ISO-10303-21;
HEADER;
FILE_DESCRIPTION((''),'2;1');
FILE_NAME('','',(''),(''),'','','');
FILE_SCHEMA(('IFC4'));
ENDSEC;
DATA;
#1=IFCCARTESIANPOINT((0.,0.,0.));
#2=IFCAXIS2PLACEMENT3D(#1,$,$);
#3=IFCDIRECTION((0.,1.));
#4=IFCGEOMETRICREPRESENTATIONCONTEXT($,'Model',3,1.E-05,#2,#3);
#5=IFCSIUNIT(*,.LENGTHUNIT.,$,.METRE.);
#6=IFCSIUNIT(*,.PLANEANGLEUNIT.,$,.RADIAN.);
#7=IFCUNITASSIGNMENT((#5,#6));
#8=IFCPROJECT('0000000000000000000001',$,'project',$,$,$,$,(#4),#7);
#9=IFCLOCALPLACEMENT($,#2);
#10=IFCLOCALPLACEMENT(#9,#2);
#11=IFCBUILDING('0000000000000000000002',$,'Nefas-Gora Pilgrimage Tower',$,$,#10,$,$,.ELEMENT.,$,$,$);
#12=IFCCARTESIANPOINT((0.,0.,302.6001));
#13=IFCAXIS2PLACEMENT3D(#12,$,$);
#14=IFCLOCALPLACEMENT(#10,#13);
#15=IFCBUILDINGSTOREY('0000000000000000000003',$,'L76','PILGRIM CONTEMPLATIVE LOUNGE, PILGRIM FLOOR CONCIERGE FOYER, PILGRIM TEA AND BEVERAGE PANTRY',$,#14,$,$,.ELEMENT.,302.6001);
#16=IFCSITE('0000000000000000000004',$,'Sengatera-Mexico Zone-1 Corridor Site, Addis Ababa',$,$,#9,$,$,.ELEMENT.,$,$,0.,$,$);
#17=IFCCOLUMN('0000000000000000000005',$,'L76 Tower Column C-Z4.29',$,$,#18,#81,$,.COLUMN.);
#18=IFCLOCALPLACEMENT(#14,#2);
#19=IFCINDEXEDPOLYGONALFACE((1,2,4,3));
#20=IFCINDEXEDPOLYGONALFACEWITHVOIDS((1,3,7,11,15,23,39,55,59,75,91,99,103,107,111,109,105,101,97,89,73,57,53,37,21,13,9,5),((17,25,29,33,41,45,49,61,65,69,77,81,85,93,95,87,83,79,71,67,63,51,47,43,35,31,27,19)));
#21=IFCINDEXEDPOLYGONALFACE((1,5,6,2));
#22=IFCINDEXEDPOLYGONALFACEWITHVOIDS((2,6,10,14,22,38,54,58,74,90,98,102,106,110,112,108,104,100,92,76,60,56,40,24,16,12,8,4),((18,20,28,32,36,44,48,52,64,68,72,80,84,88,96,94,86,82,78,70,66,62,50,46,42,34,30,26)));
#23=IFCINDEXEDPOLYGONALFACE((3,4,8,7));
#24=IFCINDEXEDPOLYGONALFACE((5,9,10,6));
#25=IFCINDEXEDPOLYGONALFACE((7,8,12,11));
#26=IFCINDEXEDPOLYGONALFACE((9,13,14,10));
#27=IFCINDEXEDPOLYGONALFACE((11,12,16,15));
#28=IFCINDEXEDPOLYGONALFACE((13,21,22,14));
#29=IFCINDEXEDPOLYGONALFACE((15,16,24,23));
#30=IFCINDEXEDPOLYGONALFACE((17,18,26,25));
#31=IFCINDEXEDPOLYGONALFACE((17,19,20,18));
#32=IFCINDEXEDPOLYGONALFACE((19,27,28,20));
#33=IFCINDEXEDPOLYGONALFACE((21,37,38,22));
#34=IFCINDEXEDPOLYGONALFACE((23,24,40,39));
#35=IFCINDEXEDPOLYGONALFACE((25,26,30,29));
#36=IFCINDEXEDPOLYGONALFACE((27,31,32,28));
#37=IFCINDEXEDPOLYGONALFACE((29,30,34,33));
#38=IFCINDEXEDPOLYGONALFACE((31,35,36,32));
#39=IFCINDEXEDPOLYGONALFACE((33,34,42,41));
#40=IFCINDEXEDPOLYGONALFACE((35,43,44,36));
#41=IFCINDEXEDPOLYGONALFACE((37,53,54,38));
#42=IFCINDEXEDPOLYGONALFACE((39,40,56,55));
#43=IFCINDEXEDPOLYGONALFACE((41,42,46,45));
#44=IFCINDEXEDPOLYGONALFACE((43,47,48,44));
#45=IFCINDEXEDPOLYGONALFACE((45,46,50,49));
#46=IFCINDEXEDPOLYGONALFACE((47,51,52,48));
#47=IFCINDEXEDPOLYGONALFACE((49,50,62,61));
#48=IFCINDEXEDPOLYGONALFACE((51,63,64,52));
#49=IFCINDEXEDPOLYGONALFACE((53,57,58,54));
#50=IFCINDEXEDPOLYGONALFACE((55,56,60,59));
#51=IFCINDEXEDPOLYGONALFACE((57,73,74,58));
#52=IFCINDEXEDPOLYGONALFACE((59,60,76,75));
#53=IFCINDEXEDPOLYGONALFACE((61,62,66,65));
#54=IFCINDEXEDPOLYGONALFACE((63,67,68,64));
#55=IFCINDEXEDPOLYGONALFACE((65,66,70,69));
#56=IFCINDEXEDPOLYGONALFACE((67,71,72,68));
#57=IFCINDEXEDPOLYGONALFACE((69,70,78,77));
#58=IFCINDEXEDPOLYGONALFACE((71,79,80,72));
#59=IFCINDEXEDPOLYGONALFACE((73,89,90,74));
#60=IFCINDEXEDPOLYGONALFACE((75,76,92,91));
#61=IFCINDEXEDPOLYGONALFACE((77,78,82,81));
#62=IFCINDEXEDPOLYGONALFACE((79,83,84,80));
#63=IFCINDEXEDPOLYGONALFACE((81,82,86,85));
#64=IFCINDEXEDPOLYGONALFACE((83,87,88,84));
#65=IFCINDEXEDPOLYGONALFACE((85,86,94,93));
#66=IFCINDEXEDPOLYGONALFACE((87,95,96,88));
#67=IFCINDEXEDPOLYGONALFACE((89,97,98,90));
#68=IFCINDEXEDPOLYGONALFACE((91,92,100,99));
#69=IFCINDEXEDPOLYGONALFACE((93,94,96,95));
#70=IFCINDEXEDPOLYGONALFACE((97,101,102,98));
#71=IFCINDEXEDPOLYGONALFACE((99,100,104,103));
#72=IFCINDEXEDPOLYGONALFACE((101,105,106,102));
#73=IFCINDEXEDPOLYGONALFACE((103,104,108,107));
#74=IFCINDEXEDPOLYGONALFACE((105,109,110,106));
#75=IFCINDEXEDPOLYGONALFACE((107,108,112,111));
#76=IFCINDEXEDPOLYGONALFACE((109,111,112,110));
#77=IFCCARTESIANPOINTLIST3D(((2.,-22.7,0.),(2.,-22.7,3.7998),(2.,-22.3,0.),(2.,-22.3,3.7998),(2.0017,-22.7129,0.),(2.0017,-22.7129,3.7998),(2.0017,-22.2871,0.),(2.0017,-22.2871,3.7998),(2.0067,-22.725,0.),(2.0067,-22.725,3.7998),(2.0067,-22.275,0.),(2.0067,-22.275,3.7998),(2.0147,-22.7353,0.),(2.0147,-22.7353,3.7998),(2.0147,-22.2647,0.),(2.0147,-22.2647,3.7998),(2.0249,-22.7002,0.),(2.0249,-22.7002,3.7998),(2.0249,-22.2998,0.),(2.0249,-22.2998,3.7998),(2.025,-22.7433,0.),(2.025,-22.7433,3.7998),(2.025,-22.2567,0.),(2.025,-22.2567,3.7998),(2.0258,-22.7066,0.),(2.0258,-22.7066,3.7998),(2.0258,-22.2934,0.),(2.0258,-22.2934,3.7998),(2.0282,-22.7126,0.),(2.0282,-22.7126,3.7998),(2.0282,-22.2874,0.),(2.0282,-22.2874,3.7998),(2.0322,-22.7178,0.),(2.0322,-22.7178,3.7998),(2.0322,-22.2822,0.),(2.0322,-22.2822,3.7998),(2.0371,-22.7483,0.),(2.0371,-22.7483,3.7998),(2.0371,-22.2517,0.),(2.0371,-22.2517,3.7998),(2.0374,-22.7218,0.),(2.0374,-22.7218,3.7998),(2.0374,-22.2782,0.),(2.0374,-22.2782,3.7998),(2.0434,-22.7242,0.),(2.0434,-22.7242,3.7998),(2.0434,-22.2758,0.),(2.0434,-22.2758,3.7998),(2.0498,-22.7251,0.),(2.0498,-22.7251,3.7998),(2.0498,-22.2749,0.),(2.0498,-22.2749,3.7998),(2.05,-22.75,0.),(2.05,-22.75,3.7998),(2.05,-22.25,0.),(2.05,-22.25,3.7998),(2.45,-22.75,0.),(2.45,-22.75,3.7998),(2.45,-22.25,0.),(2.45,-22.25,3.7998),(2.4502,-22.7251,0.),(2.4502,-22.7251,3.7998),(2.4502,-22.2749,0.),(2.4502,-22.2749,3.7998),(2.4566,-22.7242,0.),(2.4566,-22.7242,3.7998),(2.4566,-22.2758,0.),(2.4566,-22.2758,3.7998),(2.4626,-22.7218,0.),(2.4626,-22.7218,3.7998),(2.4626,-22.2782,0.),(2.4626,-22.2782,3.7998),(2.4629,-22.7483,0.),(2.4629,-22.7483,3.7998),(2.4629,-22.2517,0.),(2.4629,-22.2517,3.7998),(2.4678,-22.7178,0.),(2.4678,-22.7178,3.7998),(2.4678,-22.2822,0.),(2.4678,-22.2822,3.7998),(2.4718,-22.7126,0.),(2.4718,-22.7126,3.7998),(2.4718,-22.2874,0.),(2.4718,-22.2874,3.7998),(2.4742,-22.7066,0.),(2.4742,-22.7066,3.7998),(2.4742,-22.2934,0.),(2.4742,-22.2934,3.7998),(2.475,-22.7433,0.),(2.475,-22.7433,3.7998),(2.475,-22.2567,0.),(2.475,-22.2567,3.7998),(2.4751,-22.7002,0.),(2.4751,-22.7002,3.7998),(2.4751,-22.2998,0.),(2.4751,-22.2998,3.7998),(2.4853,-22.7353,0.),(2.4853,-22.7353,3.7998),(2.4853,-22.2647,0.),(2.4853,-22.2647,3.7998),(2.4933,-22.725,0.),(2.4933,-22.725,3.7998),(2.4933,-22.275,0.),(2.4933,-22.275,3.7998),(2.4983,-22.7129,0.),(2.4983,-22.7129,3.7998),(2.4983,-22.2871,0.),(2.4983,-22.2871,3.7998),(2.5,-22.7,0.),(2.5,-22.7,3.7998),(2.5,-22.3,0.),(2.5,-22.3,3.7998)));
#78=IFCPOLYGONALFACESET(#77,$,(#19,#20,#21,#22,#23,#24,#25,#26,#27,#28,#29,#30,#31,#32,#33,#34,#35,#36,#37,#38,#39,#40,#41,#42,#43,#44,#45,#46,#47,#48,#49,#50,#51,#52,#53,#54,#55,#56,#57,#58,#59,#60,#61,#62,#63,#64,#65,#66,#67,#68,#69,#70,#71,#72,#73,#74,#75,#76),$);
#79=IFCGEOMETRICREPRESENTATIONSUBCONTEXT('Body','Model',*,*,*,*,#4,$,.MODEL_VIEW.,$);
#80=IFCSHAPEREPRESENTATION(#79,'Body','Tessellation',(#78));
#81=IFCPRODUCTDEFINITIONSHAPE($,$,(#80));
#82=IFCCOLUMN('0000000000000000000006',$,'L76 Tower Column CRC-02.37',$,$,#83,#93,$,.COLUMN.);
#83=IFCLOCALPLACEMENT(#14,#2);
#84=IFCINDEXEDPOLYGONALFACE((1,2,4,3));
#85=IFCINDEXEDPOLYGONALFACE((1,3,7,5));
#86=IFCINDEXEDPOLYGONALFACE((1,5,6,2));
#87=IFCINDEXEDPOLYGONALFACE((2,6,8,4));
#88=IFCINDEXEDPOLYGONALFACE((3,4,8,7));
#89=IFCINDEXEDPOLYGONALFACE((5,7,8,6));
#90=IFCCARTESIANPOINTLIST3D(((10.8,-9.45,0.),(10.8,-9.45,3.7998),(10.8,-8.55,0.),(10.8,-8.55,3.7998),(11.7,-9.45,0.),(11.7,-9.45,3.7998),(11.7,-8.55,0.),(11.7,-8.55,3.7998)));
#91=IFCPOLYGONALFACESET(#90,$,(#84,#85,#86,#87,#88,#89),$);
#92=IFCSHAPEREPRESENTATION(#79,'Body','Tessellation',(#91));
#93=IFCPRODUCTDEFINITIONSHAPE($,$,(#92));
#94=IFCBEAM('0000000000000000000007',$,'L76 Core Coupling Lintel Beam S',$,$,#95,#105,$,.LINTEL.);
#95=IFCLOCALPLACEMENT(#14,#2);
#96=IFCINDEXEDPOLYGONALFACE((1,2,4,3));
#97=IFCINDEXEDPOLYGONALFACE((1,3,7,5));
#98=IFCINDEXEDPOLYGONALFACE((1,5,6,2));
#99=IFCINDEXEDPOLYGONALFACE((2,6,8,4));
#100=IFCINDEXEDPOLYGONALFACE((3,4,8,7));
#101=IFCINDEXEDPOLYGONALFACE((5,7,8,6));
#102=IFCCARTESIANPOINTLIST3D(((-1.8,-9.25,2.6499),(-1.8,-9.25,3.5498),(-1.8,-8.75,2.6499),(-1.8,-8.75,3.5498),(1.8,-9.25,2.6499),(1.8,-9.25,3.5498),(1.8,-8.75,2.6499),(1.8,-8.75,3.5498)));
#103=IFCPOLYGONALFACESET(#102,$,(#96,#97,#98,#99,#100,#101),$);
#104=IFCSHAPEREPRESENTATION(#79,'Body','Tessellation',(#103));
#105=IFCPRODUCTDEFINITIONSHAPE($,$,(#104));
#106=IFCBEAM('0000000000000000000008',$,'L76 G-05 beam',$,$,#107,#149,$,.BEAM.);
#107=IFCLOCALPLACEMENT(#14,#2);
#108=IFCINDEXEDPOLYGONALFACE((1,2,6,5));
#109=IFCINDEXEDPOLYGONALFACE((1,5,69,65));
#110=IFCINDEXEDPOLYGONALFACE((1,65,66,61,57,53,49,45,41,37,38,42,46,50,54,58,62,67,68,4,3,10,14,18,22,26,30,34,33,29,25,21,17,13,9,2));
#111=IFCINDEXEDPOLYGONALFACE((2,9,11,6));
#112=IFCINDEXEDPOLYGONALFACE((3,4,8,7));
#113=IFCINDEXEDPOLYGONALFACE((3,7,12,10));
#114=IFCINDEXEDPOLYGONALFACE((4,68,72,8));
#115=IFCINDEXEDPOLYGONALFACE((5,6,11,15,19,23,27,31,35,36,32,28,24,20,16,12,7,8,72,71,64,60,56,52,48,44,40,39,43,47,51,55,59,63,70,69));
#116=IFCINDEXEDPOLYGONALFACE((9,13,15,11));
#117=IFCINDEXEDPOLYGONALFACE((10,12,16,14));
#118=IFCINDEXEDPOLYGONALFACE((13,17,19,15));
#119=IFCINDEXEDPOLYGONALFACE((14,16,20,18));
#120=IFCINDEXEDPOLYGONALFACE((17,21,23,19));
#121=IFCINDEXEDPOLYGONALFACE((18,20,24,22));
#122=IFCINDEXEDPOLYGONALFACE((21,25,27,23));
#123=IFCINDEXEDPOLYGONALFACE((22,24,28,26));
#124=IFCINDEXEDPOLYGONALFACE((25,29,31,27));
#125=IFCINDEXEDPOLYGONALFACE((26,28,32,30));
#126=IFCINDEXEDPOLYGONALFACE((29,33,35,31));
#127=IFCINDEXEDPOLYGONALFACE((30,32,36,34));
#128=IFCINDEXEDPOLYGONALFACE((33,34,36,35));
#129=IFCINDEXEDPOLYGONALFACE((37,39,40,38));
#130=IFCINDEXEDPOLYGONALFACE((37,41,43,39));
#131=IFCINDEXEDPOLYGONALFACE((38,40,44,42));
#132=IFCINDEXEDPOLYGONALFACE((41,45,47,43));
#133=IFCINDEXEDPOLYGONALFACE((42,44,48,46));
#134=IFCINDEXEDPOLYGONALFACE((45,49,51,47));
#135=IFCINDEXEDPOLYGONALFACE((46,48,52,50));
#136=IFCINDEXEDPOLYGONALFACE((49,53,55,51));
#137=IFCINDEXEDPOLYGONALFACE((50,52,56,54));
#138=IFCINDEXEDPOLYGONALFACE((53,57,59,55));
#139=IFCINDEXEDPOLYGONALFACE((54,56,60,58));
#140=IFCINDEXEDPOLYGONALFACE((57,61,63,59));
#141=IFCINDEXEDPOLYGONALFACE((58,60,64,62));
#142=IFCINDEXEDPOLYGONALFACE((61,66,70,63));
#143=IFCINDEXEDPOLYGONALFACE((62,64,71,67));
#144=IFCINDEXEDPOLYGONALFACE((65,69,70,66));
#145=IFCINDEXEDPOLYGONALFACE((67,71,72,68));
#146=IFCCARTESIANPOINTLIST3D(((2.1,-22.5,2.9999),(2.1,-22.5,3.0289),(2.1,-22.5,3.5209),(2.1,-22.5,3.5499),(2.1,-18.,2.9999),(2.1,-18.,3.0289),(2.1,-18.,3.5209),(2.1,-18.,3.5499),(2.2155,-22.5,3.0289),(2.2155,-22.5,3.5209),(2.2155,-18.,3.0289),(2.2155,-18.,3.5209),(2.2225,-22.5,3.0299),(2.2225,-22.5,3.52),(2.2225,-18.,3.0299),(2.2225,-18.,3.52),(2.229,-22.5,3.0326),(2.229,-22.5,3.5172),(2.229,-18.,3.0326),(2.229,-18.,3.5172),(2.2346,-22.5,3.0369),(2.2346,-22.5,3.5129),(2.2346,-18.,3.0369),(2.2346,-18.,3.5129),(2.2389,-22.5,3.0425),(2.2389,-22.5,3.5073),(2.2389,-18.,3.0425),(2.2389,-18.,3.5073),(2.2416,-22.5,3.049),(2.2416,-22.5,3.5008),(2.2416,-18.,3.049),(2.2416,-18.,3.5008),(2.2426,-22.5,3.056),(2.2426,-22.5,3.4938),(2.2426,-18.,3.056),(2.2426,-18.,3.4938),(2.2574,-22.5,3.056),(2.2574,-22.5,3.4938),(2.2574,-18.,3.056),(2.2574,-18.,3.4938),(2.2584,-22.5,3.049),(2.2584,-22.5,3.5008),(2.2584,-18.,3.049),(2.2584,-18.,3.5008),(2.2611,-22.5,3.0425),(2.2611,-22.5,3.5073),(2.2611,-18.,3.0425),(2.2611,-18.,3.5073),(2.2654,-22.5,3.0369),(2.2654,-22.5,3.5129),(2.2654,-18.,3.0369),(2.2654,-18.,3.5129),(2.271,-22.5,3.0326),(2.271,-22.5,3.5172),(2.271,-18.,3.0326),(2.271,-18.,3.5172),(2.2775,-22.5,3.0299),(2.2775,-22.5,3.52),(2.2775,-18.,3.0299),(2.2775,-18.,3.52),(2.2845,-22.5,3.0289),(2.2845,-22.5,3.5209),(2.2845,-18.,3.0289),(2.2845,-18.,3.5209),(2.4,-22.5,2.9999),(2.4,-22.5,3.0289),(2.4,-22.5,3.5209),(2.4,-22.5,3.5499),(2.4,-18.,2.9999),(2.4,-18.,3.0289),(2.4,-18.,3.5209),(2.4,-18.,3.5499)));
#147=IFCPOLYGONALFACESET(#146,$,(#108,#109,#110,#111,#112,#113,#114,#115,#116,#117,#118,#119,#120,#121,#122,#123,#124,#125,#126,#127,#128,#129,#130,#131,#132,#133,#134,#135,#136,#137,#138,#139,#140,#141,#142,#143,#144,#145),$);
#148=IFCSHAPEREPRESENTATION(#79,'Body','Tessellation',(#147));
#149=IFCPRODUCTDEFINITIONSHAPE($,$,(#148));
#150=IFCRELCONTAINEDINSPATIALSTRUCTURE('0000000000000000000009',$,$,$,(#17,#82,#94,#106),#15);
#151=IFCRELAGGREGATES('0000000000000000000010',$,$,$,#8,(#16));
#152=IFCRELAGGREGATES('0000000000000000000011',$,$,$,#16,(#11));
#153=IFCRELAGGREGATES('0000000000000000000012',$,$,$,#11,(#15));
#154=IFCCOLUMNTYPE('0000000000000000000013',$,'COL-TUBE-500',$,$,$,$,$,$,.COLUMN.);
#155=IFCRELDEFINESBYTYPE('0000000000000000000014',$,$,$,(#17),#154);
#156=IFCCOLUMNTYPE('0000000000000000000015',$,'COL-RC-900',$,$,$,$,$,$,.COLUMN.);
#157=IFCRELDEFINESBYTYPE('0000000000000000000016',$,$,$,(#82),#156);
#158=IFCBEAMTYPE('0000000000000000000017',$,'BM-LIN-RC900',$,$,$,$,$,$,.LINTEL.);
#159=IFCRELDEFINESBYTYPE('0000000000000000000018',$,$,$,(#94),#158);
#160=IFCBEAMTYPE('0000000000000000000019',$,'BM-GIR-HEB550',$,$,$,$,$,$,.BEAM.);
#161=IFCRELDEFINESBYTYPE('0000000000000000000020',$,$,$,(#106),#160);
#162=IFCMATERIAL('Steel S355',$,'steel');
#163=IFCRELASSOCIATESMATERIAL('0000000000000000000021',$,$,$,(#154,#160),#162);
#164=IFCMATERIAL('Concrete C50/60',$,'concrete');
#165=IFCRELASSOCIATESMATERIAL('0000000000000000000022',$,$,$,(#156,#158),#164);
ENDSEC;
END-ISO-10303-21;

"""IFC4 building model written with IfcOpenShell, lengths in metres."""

from ifc_helpers import new_model, si_unit, direction, frame, origin, origin_2d, place, context, subcontext, project, spatial, rectangle, hollow_rectangle, i_section, extrude, source, transform, mapped, material, material_profile, profile_set, type_object, element, save


model = new_model("IFC4")

# Units and contexts
model_context = context("Model", 3, precision=1e-05, world=origin(), true_north=direction((0.0, 1.0)))
body_context = subcontext(model_context, "Body", "Model", "MODEL_VIEW")
ifc_project = project(units=[si_unit("LENGTHUNIT", "METRE"), si_unit("PLANEANGLEUNIT", "RADIAN")], contexts=[model_context])

# Site, building, storey
site_placement = place(None, origin())
site = spatial("IfcSite", under=ifc_project, at=site_placement, Name="Sengatera-Mexico Zone-1 Corridor Site, Addis Ababa", CompositionType="ELEMENT", RefElevation=0.0)
building_placement = place(site_placement, origin())
building = spatial("IfcBuilding", under=site, at=building_placement, Name="Nefas-Gora Pilgrimage Tower", CompositionType="ELEMENT")
storey_placement = place(building_placement, frame((0.0, 0.0, 302.6001)))
storey = spatial("IfcBuildingStorey", under=building, at=storey_placement, Name="L76", Description="PILGRIM CONTEMPLATIVE LOUNGE, PILGRIM FLOOR CONCIERGE FOYER, PILGRIM TEA AND BEVERAGE PANTRY", CompositionType="ELEMENT", Elevation=302.6001)

# Columns
ifc_material_1 = material(Name="Steel S355", Category="steel")
ifc_material_profile_1 = material_profile(ifc_material_1, hollow_rectangle(XDim=0.5, YDim=0.5, WallThickness=0.0249, InnerFilletRadius=0.0249, OuterFilletRadius=0.05, at=origin_2d()), Name="SHS 500x500x25")
ifc_profile_set_1 = profile_set([ifc_material_profile_1], Name="Steel S355")
column_type_1 = type_object("IfcColumnType", Name="COL-TUBE-500", PredefinedType="COLUMN", material=ifc_profile_set_1)
shared_shape_1 = source(origin(), body_context, "Body", "SweptSolid", [
    extrude(hollow_rectangle(XDim=0.5, YDim=0.5, WallThickness=0.0249, InnerFilletRadius=0.0249, OuterFilletRadius=0.05, at=origin_2d()), origin(), (0.0, 0.0, 1.0), 3.7998),
])
column_1_placement = place(storey_placement, frame((2.25, -22.5, 0.0), z_axis=(0.0, 0.0, 1.0), x_axis=(1.0, 0.0, 0.0)))
element("IfcColumn", 1, at=column_1_placement, inside=storey, type_object=column_type_1, Name="L76 Tower Column C-Z4.29", PredefinedType="COLUMN", context=body_context, shape_type="MappedRepresentation", body=[
    mapped(shared_shape_1, transform((0.0, 0.0, 0.0), x_axis=(1.0, 0.0, 0.0), y_axis=(0.0, 1.0, 0.0), z_axis=(0.0, 0.0, 1.0), scale=1.0)),
])
ifc_material_2 = material(Name="Concrete C50/60", Category="concrete")
ifc_material_profile_2 = material_profile(ifc_material_2, rectangle(XDim=0.8999, YDim=0.8999, at=origin_2d()), Name="RC 900x900")
ifc_profile_set_2 = profile_set([ifc_material_profile_2], Name="Concrete C50/60")
column_type_2 = type_object("IfcColumnType", Name="COL-RC-900", PredefinedType="COLUMN", material=ifc_profile_set_2)
shared_shape_2 = source(origin(), body_context, "Body", "SweptSolid", [
    extrude(rectangle(XDim=0.8999, YDim=0.8999, at=origin_2d()), origin(), (0.0, 0.0, 1.0), 3.7998),
])
column_2_placement = place(storey_placement, frame((11.25, -9.0, 0.0), z_axis=(0.0, 0.0, 1.0), x_axis=(1.0, 0.0, 0.0)))
element("IfcColumn", 2, at=column_2_placement, inside=storey, type_object=column_type_2, Name="L76 Tower Column CRC-02.37", PredefinedType="COLUMN", context=body_context, shape_type="MappedRepresentation", body=[
    mapped(shared_shape_2, transform((0.0, 0.0, 0.0), x_axis=(1.0, 0.0, 0.0), y_axis=(0.0, 1.0, 0.0), z_axis=(0.0, 0.0, 1.0), scale=1.0)),
])

# Beams
ifc_material_profile_3 = material_profile(ifc_material_2, rectangle(XDim=0.5, YDim=0.8999, at=origin_2d()), Name="RC 500x900")
ifc_profile_set_3 = profile_set([ifc_material_profile_3], Name="Concrete C50/60")
beam_type_1 = type_object("IfcBeamType", Name="BM-LIN-RC900", PredefinedType="LINTEL", material=ifc_profile_set_3)
shared_shape_3 = source(origin(), body_context, "Body", "SweptSolid", [
    extrude(rectangle(XDim=0.5, YDim=0.8999, at=origin_2d()), origin(), (0.0, 0.0, 1.0), 3.6001),
])
beam_placement = place(storey_placement, frame((-1.8, -9.0, 3.0999), z_axis=(1.0, 0.0, 0.0), x_axis=(0.0, 1.0, 0.0)))
element("IfcBeam", 3, at=beam_placement, inside=storey, type_object=beam_type_1, Name="L76 Core Coupling Lintel Beam S", PredefinedType="LINTEL", context=body_context, shape_type="MappedRepresentation", body=[
    mapped(shared_shape_3, transform((0.0, 0.0, 0.0), x_axis=(1.0, 0.0, 0.0), y_axis=(0.0, 1.0, 0.0), z_axis=(0.0, 0.0, 1.0), scale=1.0)),
])
ifc_material_profile_4 = material_profile(ifc_material_1, i_section(OverallWidth=0.3, OverallDepth=0.55, WebThickness=0.0149, FlangeThickness=0.0291, FilletRadius=0.0271, at=origin_2d()), Name="HEB 550")
ifc_profile_set_4 = profile_set([ifc_material_profile_4], Name="Steel S355")
beam_type_2 = type_object("IfcBeamType", Name="BM-GIR-HEB550", PredefinedType="BEAM", material=ifc_profile_set_4)
shared_shape_4 = source(origin(), body_context, "Body", "SweptSolid", [
    extrude(i_section(OverallWidth=0.3, OverallDepth=0.55, WebThickness=0.0149, FlangeThickness=0.0291, FilletRadius=0.0271, at=origin_2d()), origin(), (0.0, 0.0, 1.0), 4.5),
])
for number, where, z_axis, x_axis, name in (
    (4, (2.25, -22.5, 3.2749), (0.0, 1.0, 0.0), (-1.0, 0.0, 0.0), "L76 G-05 beam"),
):
    element("IfcBeam", number, at=place(storey_placement, frame(where, z_axis=z_axis, x_axis=x_axis)), inside=storey, type_object=beam_type_2, Name=name, PredefinedType="BEAM", context=body_context, shape_type="MappedRepresentation", body=[
        mapped(shared_shape_4, transform((0.0, 0.0, 0.0), x_axis=(1.0, 0.0, 0.0), y_axis=(0.0, 1.0, 0.0), z_axis=(0.0, 0.0, 1.0), scale=1.0)),
    ])

save(model, "model.ifc")
